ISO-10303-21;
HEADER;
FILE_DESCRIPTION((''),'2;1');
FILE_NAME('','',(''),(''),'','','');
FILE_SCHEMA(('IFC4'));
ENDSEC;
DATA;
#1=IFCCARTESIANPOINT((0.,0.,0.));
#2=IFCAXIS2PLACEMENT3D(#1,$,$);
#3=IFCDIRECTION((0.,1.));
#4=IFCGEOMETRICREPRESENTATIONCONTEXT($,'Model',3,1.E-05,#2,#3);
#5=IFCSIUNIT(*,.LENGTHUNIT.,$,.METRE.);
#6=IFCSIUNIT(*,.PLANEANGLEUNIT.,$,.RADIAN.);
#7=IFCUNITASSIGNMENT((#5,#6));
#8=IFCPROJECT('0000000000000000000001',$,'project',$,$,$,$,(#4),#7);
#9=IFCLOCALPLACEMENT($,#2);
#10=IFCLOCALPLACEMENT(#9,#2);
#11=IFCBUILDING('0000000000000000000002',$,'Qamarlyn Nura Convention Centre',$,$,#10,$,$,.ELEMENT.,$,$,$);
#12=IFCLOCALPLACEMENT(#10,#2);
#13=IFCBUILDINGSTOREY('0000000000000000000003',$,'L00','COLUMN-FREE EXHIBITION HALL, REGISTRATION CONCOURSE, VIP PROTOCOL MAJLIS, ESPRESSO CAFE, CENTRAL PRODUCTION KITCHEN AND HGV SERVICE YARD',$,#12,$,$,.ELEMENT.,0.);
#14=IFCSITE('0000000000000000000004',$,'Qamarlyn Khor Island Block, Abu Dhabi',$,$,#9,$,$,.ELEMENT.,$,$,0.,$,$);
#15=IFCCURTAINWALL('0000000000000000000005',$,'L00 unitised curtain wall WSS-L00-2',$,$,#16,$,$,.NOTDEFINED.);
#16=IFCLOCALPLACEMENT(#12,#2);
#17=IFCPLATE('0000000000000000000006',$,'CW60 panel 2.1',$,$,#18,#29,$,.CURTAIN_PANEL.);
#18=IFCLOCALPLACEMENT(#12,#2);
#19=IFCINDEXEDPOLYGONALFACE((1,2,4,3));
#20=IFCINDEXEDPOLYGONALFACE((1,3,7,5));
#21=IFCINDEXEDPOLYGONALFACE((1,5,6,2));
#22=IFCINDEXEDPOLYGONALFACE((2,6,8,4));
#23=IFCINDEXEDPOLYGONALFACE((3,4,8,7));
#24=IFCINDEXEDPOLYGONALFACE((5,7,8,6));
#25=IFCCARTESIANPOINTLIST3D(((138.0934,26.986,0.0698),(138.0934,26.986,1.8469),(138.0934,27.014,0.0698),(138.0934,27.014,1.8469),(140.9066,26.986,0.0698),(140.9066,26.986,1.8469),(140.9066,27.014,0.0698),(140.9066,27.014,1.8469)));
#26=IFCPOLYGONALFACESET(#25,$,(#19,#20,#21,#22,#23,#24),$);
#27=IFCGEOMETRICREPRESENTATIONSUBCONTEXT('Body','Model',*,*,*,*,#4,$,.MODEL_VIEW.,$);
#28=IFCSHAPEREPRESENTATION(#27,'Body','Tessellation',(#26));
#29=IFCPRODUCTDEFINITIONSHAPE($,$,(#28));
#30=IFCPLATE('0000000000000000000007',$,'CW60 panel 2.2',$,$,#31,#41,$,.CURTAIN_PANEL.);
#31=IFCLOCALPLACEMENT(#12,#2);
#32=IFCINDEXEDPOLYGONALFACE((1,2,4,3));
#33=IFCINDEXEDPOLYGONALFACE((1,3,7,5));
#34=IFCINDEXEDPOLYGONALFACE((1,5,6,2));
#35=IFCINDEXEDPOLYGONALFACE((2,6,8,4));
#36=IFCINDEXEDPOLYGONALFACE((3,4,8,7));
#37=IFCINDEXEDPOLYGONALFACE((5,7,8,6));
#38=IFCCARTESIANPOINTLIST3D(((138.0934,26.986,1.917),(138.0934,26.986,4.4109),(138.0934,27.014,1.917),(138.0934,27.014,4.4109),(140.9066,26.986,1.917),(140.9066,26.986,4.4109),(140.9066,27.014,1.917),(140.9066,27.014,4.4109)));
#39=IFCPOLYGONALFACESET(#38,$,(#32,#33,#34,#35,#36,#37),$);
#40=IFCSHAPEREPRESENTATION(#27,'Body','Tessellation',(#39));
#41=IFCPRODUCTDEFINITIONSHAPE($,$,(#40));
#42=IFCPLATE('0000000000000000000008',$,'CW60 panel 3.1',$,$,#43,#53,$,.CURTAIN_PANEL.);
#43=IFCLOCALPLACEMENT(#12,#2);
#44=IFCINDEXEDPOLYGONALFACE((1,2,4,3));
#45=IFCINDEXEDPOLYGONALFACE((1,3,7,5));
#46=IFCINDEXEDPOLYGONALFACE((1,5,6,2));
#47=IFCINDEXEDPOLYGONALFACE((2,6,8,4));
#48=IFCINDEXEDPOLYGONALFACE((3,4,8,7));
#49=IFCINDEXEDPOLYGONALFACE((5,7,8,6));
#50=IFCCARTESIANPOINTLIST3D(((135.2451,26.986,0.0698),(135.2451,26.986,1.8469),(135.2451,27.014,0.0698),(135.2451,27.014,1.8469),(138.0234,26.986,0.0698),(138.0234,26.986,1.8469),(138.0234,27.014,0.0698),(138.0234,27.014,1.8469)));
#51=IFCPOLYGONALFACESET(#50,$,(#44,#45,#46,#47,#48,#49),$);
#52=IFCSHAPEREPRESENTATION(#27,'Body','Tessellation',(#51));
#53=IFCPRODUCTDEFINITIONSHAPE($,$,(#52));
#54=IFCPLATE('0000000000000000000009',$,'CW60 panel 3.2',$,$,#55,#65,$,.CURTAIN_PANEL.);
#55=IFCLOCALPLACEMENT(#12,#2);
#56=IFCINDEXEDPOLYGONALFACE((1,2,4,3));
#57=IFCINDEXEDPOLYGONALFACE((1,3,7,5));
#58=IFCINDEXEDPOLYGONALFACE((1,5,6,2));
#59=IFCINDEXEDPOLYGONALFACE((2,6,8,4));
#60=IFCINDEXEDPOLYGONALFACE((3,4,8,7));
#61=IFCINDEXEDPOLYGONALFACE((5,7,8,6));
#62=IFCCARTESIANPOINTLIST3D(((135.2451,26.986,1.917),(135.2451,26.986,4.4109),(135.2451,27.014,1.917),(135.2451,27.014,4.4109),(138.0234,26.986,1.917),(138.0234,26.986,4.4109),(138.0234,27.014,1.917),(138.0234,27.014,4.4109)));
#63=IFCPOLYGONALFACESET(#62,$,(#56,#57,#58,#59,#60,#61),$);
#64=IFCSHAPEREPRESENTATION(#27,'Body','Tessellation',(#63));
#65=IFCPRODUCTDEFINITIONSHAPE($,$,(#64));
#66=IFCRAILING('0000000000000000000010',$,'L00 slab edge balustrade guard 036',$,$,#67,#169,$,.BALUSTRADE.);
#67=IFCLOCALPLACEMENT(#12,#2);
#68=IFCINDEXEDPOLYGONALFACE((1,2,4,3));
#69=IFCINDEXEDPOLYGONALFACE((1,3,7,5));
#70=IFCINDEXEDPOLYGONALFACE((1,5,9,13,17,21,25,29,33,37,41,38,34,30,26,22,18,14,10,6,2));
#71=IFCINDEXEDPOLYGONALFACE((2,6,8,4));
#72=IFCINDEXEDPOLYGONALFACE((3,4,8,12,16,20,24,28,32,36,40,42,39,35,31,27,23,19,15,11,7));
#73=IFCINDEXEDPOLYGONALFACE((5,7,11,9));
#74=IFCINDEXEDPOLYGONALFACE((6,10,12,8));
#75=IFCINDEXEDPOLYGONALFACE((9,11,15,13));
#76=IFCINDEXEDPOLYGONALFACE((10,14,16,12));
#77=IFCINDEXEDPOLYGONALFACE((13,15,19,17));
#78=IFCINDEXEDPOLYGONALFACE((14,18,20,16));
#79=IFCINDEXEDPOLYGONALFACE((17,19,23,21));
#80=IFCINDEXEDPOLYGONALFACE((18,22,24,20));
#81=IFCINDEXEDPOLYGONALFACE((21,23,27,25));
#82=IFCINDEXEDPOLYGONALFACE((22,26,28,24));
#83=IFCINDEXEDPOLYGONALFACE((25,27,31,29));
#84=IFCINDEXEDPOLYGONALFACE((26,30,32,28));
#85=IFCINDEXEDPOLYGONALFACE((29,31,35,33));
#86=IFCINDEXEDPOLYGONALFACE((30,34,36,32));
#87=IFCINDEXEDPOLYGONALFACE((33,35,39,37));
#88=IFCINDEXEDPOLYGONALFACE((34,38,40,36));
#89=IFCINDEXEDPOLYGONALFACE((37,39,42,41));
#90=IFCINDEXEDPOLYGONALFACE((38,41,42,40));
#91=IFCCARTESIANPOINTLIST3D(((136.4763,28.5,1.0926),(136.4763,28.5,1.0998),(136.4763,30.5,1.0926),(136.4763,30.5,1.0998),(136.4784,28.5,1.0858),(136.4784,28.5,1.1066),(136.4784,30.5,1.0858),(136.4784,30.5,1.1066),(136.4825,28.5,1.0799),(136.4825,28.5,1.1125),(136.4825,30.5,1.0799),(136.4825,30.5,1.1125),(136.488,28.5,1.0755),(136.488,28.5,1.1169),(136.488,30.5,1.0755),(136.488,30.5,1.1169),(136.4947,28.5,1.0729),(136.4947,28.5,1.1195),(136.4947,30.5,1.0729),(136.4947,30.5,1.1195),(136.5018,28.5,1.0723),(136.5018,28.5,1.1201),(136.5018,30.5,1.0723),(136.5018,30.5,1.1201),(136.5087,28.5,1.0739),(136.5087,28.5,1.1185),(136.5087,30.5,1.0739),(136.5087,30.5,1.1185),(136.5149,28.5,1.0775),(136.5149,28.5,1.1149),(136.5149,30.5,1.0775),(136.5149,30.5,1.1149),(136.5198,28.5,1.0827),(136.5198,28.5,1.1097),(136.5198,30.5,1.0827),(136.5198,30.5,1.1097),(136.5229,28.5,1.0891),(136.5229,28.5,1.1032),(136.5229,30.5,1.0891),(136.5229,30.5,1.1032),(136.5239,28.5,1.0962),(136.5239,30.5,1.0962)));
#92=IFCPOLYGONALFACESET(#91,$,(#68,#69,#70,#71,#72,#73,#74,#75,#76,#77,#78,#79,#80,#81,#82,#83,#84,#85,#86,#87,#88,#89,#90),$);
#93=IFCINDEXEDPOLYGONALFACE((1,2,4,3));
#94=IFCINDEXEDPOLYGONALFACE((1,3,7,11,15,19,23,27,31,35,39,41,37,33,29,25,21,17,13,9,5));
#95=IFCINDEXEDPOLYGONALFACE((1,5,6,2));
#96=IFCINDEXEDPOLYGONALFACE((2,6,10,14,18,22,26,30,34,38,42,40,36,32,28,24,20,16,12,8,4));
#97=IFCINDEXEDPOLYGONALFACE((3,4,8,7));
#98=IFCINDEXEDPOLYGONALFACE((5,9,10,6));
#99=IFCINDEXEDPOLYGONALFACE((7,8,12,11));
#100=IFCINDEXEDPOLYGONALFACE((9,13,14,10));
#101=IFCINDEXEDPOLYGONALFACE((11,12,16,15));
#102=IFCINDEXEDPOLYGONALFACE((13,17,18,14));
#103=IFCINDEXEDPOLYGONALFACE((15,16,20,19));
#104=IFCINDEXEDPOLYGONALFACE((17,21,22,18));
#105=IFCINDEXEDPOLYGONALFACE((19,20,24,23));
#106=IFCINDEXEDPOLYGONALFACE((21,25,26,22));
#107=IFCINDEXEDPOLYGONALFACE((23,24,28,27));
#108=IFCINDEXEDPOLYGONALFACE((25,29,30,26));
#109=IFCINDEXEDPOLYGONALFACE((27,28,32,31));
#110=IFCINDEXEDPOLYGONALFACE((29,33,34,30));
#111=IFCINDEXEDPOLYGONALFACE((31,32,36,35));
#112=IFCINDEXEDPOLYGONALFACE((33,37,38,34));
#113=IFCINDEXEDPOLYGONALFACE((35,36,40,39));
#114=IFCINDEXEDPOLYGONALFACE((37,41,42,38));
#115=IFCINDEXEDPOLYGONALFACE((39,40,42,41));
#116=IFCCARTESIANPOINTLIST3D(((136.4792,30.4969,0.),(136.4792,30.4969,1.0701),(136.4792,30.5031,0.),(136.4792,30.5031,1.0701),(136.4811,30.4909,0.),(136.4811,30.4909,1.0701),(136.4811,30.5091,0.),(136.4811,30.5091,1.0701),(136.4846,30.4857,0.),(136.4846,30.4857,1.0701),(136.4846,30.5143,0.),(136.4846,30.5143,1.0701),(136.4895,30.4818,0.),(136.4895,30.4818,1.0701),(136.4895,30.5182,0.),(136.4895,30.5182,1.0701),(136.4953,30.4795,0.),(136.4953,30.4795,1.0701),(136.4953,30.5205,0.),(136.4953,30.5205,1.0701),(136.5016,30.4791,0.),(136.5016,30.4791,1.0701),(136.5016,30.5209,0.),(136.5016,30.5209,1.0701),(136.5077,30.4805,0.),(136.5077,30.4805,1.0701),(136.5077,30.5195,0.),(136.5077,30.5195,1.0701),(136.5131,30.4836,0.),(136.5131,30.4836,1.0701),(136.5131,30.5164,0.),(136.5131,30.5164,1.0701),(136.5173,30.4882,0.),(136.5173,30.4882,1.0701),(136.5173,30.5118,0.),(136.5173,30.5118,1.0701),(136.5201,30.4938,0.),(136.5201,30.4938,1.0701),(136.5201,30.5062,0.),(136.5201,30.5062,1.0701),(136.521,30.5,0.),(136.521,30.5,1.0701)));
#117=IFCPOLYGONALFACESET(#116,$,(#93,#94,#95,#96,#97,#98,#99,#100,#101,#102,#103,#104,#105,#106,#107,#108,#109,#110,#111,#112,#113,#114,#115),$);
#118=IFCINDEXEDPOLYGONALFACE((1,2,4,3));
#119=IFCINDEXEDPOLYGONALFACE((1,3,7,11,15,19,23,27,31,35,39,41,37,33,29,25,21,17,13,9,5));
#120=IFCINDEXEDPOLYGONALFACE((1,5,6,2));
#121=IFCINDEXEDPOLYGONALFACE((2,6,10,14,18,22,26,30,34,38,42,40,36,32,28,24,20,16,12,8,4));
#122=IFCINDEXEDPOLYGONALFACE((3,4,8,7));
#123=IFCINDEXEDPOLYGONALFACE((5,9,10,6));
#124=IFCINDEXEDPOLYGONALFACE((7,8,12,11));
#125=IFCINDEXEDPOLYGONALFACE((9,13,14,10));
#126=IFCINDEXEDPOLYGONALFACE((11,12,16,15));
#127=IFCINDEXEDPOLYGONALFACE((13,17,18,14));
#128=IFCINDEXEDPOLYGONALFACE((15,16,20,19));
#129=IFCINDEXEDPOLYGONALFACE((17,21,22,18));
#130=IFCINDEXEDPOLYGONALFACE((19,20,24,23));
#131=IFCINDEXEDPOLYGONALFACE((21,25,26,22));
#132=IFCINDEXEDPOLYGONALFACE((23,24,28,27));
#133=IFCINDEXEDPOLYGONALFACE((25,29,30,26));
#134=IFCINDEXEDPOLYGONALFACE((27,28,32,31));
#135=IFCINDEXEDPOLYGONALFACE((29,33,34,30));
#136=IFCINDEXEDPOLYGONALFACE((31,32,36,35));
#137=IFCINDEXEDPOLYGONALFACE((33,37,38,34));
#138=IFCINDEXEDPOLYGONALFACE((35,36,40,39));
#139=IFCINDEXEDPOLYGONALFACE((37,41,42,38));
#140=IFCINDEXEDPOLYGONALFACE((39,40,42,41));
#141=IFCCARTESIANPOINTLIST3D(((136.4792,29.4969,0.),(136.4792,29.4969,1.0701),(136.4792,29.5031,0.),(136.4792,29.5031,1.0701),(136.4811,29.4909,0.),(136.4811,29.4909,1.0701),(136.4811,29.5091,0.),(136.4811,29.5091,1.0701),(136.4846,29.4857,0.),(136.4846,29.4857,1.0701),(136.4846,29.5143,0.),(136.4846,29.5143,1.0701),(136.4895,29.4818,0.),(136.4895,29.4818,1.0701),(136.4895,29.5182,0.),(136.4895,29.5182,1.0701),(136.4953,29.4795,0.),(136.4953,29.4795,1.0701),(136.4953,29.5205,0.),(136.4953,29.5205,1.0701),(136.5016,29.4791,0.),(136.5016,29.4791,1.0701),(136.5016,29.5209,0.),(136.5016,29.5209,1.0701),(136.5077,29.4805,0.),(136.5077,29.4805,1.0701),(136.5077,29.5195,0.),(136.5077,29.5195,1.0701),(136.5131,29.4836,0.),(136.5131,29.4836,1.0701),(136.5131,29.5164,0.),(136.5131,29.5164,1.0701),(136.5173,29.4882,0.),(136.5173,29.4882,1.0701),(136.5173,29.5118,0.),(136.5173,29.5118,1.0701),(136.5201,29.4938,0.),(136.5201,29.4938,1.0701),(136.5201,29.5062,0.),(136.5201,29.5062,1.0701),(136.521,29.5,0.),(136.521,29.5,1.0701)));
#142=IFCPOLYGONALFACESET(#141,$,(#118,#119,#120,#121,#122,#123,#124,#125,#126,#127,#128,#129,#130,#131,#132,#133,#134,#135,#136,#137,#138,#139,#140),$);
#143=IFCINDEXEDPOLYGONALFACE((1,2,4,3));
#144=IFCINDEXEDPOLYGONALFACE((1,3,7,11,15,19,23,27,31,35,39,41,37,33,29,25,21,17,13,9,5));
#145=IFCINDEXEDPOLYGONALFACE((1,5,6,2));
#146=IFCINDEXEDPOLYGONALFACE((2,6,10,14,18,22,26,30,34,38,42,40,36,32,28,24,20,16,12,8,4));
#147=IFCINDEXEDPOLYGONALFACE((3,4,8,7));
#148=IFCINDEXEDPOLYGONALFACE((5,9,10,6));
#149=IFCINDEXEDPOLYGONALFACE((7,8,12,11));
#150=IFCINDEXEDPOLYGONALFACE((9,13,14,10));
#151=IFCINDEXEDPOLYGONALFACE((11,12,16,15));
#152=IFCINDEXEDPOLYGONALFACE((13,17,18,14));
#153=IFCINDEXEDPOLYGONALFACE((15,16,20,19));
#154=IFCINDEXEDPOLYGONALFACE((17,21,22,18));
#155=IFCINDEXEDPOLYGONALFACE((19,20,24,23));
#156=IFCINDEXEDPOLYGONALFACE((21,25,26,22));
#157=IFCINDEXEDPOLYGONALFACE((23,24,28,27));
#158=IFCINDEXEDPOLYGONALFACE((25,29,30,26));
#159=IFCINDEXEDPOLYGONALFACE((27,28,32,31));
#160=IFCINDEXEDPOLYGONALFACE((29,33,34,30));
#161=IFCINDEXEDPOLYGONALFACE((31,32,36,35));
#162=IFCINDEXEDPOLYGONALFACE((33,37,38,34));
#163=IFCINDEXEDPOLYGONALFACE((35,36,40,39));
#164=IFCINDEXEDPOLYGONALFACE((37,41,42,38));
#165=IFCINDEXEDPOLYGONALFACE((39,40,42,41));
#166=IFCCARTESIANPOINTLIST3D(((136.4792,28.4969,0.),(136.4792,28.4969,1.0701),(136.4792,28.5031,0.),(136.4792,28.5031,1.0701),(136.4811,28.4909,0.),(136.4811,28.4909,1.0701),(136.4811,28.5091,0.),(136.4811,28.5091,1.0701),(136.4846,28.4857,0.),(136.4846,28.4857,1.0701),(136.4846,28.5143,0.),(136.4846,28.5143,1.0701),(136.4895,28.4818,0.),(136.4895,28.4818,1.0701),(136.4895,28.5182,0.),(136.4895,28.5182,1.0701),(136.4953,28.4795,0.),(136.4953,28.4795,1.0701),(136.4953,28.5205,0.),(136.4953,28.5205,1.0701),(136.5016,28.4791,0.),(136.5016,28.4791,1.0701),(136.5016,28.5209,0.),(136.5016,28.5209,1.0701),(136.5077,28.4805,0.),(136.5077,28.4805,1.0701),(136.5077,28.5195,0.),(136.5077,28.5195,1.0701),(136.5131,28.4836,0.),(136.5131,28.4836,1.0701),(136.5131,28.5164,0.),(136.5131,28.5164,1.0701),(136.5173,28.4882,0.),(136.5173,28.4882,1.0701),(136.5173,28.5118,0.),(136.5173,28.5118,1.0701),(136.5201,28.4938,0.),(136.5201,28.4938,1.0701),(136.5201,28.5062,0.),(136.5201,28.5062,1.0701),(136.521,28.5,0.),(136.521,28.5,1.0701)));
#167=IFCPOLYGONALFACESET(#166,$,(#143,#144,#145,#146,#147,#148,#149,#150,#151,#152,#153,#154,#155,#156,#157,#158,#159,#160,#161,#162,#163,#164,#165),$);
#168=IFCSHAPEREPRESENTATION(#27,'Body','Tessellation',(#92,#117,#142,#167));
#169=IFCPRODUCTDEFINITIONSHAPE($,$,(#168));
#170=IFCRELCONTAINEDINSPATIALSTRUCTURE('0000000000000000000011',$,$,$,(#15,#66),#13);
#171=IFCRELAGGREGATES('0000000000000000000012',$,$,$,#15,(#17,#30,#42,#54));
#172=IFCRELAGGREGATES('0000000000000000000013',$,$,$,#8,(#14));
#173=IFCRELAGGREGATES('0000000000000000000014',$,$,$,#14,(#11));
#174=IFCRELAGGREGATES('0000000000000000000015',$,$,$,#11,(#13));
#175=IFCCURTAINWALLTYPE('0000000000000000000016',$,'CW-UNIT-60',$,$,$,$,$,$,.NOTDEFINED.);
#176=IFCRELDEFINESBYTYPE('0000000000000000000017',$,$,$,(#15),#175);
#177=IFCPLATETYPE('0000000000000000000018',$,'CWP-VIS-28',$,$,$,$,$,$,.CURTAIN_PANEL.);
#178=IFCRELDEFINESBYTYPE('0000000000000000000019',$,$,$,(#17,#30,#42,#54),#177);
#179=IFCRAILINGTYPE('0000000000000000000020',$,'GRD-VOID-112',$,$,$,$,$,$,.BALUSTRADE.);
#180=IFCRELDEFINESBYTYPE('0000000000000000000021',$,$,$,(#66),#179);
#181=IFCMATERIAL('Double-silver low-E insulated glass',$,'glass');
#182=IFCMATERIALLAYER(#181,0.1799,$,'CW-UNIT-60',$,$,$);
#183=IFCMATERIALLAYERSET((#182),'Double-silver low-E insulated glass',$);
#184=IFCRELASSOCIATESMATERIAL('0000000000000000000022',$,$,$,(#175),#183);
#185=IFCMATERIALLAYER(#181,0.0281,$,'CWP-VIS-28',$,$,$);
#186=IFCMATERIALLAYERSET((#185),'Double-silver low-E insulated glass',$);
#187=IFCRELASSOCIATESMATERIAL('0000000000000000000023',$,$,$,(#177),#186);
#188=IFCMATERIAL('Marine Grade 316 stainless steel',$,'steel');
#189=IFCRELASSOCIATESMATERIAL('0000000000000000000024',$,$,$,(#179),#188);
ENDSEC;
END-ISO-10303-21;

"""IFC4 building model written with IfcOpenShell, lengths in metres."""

from ifc_helpers import new_model, si_unit, direction, frame, origin, origin_2d, place, context, subcontext, project, spatial, rectangle, circle, extrude, material, layer, layer_set, type_object, element, aggregate, save


model = new_model("IFC4")

# Units and contexts
model_context = context("Model", 3, precision=1e-05, world=origin(), true_north=direction((0.0, 1.0)))
body_context = subcontext(model_context, "Body", "Model", "MODEL_VIEW")
ifc_project = project(units=[si_unit("LENGTHUNIT", "METRE"), si_unit("PLANEANGLEUNIT", "RADIAN")], contexts=[model_context])

# Site, building, storey
site_placement = place(None, origin())
site = spatial("IfcSite", under=ifc_project, at=site_placement, Name="Qamarlyn Khor Island Block, Abu Dhabi", CompositionType="ELEMENT", RefElevation=0.0)
building_placement = place(site_placement, origin())
building = spatial("IfcBuilding", under=site, at=building_placement, Name="Qamarlyn Nura Convention Centre", CompositionType="ELEMENT")
storey_placement = place(building_placement, origin())
storey = spatial("IfcBuildingStorey", under=building, at=storey_placement, Name="L00", Description="COLUMN-FREE EXHIBITION HALL, REGISTRATION CONCOURSE, VIP PROTOCOL MAJLIS, ESPRESSO CAFE, CENTRAL PRODUCTION KITCHEN AND HGV SERVICE YARD", CompositionType="ELEMENT", Elevation=0.0)

# Curtain wall, plates
ifc_material_1 = material(Name="Double-silver low-E insulated glass", Category="glass")
ifc_layer_1 = layer(ifc_material_1, 0.1799, Name="CW-UNIT-60")
ifc_layer_set_1 = layer_set([ifc_layer_1], Name="Double-silver low-E insulated glass")
curtain_wall_type = type_object("IfcCurtainWallType", Name="CW-UNIT-60", PredefinedType="NOTDEFINED", material=ifc_layer_set_1)
curtain_wall_placement = place(storey_placement, origin())
curtain_wall = element("IfcCurtainWall", 1, at=curtain_wall_placement, inside=storey, type_object=curtain_wall_type, Name="L00 unitised curtain wall WSS-L00-2", PredefinedType="NOTDEFINED")
ifc_layer_2 = layer(ifc_material_1, 0.0281, Name="CWP-VIS-28")
ifc_layer_set_2 = layer_set([ifc_layer_2], Name="Double-silver low-E insulated glass")
plate_type = type_object("IfcPlateType", Name="CWP-VIS-28", PredefinedType="CURTAIN_PANEL", material=ifc_layer_set_2)
plate_1_placement = place(storey_placement, frame((139.5, 27.0, 0.0698), z_axis=(0.0, 0.0, 1.0), x_axis=(-1.0, 0.0, 0.0)))
plate_1 = element("IfcPlate", 2, at=plate_1_placement, type_object=plate_type, Name="CW60 panel 2.1", PredefinedType="CURTAIN_PANEL", context=body_context, shape_type="SweptSolid", body=[
    extrude(rectangle(XDim=2.8132, YDim=0.0281, at=origin_2d()), origin(), (0.0, 0.0, 1.0), 1.7771),
])
plate_2_placement = place(storey_placement, frame((139.5, 27.0, 1.917), z_axis=(0.0, 0.0, 1.0), x_axis=(-1.0, 0.0, 0.0)))
plate_2 = element("IfcPlate", 3, at=plate_2_placement, type_object=plate_type, Name="CW60 panel 2.2", PredefinedType="CURTAIN_PANEL", context=body_context, shape_type="SweptSolid", body=[
    extrude(rectangle(XDim=2.8132, YDim=0.0281, at=origin_2d()), origin(), (0.0, 0.0, 1.0), 2.4939),
])
plate_3_placement = place(storey_placement, frame((136.6343, 27.0, 0.0698), z_axis=(0.0, 0.0, 1.0), x_axis=(-1.0, 0.0, 0.0)))
plate_3 = element("IfcPlate", 4, at=plate_3_placement, type_object=plate_type, Name="CW60 panel 3.1", PredefinedType="CURTAIN_PANEL", context=body_context, shape_type="SweptSolid", body=[
    extrude(rectangle(XDim=2.7783, YDim=0.0281, at=origin_2d()), origin(), (0.0, 0.0, 1.0), 1.7771),
])
plate_4_placement = place(storey_placement, frame((136.6343, 27.0, 1.917), z_axis=(0.0, 0.0, 1.0), x_axis=(-1.0, 0.0, 0.0)))
plate_4 = element("IfcPlate", 5, at=plate_4_placement, type_object=plate_type, Name="CW60 panel 3.2", PredefinedType="CURTAIN_PANEL", context=body_context, shape_type="SweptSolid", body=[
    extrude(rectangle(XDim=2.7783, YDim=0.0281, at=origin_2d()), origin(), (0.0, 0.0, 1.0), 2.4939),
])
aggregate(curtain_wall, [plate_1, plate_2, plate_3, plate_4])

# Railing
ifc_material_2 = material(Name="Marine Grade 316 stainless steel", Category="steel")
railing_type = type_object("IfcRailingType", Name="GRD-VOID-112", PredefinedType="BALUSTRADE", material=ifc_material_2)
railing_1_placement = place(storey_placement, frame((136.5, 30.5, 0.0)))
element("IfcRailing", 6, at=railing_1_placement, inside=storey, type_object=railing_type, Name="L00 slab edge balustrade guard 036", PredefinedType="BALUSTRADE", context=body_context, shape_type="SweptSolid", body=[
    extrude(circle(Radius=0.0239, at=origin_2d()), frame((0.0, 0.0, 1.0962), z_axis=(0.0, -1.0, 0.0), x_axis=(1.0, 0.0, 0.0)), (0.0, 0.0, 1.0), 2.0),
    extrude(circle(Radius=0.021, at=origin_2d()), origin(), (0.0, 0.0, 1.0), 1.0701),
    extrude(circle(Radius=0.021, at=origin_2d()), frame((0.0, -1.0, 0.0)), (0.0, 0.0, 1.0), 1.0701),
    extrude(circle(Radius=0.021, at=origin_2d()), frame((0.0, -2.0, 0.0)), (0.0, 0.0, 1.0), 1.0701),
])

save(model, "model.ifc")
